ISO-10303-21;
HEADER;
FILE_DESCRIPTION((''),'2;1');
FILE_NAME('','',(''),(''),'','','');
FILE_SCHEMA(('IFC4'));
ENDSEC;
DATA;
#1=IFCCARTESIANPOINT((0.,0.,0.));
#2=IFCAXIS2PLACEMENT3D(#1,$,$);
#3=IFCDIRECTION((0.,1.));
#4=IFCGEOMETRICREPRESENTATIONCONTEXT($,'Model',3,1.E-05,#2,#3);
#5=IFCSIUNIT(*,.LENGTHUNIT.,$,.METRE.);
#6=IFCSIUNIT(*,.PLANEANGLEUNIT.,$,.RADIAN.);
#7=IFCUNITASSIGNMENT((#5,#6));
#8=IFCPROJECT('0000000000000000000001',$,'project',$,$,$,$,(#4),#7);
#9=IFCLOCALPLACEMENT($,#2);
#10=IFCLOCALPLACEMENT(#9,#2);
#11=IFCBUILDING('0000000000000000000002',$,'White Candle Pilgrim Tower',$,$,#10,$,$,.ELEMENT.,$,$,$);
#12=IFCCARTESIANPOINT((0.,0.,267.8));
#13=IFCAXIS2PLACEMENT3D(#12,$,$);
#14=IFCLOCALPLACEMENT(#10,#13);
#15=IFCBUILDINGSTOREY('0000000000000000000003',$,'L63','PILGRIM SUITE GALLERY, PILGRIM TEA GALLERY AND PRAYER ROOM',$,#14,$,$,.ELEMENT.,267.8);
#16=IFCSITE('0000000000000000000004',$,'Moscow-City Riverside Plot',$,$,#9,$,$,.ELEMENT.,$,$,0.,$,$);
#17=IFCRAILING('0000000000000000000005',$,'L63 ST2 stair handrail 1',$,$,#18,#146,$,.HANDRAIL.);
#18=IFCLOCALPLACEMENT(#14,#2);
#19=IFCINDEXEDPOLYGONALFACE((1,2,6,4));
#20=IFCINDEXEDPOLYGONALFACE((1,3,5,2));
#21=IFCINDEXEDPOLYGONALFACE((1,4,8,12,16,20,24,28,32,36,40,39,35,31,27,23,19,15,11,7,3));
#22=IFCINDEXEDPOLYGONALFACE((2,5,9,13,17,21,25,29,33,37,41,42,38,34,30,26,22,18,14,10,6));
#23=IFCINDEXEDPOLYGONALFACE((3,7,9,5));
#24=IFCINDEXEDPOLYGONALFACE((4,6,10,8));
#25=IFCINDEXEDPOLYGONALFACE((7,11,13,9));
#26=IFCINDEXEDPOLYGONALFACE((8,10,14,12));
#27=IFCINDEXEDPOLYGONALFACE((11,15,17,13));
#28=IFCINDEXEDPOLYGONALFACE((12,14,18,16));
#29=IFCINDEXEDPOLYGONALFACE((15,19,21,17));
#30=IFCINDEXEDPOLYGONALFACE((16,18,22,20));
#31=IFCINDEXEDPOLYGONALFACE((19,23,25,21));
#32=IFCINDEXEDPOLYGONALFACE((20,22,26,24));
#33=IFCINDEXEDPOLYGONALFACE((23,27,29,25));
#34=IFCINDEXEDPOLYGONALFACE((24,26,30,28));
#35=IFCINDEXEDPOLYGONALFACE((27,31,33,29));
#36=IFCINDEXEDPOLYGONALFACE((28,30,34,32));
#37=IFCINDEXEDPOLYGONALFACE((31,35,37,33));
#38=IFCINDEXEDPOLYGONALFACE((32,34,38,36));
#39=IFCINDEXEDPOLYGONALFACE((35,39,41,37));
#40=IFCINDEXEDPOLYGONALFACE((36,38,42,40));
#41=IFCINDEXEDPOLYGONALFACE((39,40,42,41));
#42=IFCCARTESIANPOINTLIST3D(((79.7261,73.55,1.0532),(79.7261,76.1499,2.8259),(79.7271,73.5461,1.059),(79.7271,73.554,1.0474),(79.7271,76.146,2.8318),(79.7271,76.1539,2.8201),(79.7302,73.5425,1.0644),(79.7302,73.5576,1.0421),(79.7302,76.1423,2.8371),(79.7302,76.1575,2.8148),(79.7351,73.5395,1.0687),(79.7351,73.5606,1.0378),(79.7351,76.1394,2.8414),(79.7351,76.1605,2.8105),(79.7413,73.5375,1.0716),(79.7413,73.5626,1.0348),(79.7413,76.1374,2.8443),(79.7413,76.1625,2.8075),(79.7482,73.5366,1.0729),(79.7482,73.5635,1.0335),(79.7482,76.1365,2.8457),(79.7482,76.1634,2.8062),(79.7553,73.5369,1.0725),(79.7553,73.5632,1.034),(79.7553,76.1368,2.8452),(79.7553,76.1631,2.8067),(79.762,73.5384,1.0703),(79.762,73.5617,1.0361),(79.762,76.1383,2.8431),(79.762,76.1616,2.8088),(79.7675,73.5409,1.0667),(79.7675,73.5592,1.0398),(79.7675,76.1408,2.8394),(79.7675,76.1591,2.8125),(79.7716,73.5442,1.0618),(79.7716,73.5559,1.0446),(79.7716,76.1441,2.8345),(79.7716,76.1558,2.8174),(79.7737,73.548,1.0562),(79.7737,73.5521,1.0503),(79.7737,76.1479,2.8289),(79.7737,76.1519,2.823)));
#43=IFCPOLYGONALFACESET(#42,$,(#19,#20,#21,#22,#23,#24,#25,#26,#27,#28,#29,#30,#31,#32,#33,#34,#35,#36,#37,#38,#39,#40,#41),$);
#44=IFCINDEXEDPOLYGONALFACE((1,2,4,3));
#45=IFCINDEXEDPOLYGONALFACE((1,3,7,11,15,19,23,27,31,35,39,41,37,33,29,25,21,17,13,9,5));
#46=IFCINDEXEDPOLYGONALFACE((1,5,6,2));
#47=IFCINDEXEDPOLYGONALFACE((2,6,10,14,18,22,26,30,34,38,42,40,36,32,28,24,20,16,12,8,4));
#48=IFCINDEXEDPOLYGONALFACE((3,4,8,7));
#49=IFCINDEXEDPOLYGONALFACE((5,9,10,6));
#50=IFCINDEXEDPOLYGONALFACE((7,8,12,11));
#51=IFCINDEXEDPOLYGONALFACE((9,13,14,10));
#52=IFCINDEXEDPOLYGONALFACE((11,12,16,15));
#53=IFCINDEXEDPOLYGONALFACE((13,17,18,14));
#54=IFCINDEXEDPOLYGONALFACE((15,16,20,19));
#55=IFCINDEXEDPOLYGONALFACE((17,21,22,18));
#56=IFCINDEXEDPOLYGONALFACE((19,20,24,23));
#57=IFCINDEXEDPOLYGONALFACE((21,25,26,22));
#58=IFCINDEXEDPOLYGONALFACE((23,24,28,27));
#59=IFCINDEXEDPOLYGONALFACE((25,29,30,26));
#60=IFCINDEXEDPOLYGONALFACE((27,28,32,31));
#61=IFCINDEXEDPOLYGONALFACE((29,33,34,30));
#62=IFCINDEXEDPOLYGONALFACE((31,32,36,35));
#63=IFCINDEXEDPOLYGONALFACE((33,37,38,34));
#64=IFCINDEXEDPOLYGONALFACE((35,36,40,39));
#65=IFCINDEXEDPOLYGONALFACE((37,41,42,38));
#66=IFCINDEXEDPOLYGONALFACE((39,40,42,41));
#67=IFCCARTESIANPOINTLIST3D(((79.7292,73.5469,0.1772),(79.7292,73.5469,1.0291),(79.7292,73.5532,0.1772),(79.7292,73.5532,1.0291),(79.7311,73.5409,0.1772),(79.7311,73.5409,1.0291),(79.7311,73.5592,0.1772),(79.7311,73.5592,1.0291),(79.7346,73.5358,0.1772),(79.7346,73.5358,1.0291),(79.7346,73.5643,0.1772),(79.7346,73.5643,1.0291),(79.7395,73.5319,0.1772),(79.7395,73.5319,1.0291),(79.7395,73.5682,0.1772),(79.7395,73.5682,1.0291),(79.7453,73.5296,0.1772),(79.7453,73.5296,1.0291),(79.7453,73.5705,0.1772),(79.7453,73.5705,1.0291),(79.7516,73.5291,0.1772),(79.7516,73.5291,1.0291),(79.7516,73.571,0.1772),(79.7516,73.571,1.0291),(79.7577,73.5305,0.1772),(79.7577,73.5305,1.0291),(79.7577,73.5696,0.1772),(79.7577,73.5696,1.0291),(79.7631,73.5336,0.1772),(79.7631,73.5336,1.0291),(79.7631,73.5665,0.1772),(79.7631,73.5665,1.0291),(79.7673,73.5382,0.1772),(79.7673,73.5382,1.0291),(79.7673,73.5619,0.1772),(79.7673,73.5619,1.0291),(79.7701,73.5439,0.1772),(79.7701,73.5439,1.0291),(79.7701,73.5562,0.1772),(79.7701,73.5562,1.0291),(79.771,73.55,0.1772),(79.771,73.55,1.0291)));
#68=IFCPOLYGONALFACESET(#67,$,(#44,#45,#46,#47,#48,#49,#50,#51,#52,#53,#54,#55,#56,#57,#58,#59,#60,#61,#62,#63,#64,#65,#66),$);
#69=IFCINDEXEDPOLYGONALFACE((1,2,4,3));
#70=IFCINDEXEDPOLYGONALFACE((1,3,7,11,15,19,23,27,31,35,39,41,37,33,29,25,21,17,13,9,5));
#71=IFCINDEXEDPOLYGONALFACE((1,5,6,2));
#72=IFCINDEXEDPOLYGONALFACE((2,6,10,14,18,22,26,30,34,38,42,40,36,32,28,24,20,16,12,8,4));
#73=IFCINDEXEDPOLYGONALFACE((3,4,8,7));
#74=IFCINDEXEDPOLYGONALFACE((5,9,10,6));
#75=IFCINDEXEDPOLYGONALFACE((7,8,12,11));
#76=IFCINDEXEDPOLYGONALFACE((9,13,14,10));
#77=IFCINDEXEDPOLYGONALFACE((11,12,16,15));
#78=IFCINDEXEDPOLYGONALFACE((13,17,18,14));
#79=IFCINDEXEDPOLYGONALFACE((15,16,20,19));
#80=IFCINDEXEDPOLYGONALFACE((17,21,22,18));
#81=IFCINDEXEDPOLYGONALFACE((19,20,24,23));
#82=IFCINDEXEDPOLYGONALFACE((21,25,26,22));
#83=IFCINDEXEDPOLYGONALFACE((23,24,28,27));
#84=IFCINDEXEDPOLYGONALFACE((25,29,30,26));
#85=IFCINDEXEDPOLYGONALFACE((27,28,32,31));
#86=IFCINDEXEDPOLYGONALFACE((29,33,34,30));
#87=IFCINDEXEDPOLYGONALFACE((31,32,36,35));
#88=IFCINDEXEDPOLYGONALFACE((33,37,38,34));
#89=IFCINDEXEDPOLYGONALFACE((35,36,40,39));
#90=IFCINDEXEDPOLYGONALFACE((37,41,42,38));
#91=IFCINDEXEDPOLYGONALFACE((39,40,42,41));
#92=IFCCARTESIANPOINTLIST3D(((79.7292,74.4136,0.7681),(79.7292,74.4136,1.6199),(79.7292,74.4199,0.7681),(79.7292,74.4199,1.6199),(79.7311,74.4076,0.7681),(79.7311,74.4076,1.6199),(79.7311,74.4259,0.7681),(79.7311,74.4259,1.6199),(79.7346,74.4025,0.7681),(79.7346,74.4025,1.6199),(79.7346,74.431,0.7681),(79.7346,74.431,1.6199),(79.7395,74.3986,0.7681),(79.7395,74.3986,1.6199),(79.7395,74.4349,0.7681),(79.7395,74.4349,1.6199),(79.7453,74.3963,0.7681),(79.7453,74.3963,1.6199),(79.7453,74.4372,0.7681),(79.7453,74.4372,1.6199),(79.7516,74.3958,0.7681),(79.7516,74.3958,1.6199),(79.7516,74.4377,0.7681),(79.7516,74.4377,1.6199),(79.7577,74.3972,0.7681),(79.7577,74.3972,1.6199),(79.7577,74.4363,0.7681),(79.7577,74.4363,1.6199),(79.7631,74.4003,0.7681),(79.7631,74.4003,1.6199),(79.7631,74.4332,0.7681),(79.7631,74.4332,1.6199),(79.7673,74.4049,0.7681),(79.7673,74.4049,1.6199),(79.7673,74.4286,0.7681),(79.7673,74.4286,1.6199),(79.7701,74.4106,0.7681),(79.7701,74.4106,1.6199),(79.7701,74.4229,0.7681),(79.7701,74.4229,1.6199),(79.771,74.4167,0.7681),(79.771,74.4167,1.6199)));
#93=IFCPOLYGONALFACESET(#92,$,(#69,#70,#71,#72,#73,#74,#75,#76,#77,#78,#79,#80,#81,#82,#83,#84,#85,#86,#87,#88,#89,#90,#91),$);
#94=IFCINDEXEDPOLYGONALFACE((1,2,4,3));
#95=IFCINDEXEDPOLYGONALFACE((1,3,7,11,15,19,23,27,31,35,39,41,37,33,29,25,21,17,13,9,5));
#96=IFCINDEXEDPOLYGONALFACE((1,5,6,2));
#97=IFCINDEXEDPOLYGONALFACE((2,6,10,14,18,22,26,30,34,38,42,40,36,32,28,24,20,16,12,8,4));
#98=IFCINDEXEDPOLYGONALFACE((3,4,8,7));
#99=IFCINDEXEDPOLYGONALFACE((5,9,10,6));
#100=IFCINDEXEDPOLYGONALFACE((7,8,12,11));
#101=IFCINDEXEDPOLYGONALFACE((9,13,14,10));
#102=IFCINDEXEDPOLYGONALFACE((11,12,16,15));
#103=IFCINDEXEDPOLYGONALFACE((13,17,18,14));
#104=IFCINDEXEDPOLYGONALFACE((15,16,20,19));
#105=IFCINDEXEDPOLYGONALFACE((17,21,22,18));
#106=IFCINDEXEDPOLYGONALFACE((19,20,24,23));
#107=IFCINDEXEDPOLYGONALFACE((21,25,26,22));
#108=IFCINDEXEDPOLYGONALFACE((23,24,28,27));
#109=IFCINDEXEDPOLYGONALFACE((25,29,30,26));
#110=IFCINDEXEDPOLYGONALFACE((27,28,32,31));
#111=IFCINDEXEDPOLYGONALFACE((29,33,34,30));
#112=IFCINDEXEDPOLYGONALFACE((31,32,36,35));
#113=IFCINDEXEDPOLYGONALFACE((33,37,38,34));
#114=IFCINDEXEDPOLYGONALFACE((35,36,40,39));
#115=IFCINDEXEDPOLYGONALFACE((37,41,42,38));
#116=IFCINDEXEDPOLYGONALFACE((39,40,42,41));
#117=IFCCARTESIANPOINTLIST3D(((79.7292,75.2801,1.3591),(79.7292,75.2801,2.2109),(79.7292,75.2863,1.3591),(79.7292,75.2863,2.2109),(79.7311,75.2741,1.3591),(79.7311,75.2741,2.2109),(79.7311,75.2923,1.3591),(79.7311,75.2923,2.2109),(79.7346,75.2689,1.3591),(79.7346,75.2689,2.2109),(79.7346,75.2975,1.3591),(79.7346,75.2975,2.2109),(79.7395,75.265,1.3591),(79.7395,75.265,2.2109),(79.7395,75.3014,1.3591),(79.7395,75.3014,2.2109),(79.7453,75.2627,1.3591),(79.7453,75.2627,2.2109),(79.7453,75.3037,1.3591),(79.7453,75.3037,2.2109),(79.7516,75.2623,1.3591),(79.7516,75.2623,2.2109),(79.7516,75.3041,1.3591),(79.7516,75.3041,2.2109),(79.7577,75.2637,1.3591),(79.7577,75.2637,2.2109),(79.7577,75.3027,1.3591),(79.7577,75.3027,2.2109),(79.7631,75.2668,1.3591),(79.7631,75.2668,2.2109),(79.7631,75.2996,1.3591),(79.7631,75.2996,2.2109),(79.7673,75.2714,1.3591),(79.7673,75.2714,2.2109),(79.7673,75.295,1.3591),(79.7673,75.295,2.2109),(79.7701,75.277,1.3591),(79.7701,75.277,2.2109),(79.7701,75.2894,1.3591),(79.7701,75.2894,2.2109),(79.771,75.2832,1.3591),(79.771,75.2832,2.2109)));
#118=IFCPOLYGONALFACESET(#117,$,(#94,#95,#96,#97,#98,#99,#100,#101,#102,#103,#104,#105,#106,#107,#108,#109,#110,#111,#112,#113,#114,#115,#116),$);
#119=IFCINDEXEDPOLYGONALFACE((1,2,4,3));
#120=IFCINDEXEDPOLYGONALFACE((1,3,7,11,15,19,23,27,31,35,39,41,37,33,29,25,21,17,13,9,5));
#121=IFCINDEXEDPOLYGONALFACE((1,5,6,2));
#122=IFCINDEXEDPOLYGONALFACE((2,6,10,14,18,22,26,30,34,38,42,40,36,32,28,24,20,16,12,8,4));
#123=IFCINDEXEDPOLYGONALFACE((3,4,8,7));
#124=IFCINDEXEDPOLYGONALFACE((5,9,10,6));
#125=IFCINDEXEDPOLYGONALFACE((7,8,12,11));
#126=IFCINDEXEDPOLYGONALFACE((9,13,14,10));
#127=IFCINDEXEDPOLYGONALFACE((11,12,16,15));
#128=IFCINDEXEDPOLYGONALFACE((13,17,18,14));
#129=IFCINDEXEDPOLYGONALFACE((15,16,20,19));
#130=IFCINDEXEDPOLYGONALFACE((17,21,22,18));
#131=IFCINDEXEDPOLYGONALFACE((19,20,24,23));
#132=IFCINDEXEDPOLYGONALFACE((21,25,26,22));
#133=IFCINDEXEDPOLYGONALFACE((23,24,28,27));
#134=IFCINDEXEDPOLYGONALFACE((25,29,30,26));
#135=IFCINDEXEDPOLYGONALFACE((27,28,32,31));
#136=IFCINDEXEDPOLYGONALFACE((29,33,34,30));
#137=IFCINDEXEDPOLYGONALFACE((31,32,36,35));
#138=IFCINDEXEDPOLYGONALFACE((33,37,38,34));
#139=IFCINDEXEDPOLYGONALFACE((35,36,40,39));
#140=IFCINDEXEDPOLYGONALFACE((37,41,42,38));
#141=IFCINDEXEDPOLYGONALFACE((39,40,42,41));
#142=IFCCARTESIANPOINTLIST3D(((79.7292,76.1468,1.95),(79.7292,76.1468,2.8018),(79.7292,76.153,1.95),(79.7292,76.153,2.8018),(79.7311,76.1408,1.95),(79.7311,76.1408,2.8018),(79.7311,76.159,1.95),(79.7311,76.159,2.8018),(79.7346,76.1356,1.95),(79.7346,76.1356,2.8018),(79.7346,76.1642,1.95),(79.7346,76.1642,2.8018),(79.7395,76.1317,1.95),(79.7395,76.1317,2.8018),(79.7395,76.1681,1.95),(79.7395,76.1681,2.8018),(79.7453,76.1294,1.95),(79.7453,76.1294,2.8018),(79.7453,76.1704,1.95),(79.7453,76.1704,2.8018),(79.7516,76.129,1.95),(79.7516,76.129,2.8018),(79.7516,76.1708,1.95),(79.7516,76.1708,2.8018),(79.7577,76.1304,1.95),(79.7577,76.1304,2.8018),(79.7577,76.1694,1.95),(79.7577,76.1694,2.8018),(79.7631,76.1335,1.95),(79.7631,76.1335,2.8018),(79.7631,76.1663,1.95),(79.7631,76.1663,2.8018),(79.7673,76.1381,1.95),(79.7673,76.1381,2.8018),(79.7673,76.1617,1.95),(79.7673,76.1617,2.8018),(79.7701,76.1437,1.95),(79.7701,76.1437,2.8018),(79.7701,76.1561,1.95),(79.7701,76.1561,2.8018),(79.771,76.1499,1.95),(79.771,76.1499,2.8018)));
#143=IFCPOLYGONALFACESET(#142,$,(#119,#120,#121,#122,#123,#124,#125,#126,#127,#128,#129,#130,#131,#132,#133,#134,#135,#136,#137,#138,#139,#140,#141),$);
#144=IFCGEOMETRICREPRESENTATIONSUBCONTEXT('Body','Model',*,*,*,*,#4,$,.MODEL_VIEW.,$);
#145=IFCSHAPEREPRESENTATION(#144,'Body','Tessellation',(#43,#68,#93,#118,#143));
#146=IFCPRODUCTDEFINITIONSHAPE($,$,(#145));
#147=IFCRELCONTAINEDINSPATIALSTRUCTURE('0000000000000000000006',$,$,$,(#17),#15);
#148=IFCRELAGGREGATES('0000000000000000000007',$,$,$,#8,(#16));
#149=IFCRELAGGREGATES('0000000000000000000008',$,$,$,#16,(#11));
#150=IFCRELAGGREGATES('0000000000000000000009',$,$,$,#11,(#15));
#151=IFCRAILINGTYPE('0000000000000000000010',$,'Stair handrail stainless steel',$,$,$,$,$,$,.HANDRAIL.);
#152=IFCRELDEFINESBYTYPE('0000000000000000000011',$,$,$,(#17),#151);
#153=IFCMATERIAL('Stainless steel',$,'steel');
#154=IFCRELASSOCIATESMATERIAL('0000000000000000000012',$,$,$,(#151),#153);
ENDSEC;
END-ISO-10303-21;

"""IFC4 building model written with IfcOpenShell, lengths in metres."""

from ifc_helpers import new_model, si_unit, direction, frame, origin, origin_2d, place, context, subcontext, project, spatial, circle, extrude, material, type_object, element, save


model = new_model("IFC4")

# Units and contexts
model_context = context("Model", 3, precision=1e-05, world=origin(), true_north=direction((0.0, 1.0)))
body_context = subcontext(model_context, "Body", "Model", "MODEL_VIEW")
ifc_project = project(units=[si_unit("LENGTHUNIT", "METRE"), si_unit("PLANEANGLEUNIT", "RADIAN")], contexts=[model_context])

# Site, building, storey
site_placement = place(None, origin())
site = spatial("IfcSite", under=ifc_project, at=site_placement, Name="Moscow-City Riverside Plot", CompositionType="ELEMENT", RefElevation=0.0)
building_placement = place(site_placement, origin())
building = spatial("IfcBuilding", under=site, at=building_placement, Name="White Candle Pilgrim Tower", CompositionType="ELEMENT")
storey_placement = place(building_placement, frame((0.0, 0.0, 267.8)))
storey = spatial("IfcBuildingStorey", under=building, at=storey_placement, Name="L63", Description="PILGRIM SUITE GALLERY, PILGRIM TEA GALLERY AND PRAYER ROOM", CompositionType="ELEMENT", Elevation=267.8)

# Railing
ifc_material_1 = material(Name="Stainless steel", Category="steel")
railing_type_1 = type_object("IfcRailingType", Name="Stair handrail stainless steel", PredefinedType="HANDRAIL", material=ifc_material_1)
railing_1_placement = place(storey_placement, frame((79.75, 73.55, 0.1772)))
element("IfcRailing", 1, at=railing_1_placement, inside=storey, type_object=railing_type_1, Name="L63 ST2 stair handrail 1", PredefinedType="HANDRAIL", context=body_context, shape_type="SweptSolid", body=[
    extrude(circle(Radius=0.0239, at=origin_2d()), frame((0.0, 0.0, 0.876), z_axis=(0.0, 0.826216, 0.563354), x_axis=(-1.0, 0.0, 0.0)), (0.0, 0.0, 1.0), 3.1467),
    extrude(circle(Radius=0.021, at=origin_2d()), origin(), (0.0, 0.0, 1.0), 0.8518),
    extrude(circle(Radius=0.021, at=origin_2d()), frame((0.0, 0.8667, 0.5908)), (0.0, 0.0, 1.0), 0.8518),
    extrude(circle(Radius=0.021, at=origin_2d()), frame((0.0, 1.7332, 1.1819)), (0.0, 0.0, 1.0), 0.8518),
    extrude(circle(Radius=0.021, at=origin_2d()), frame((0.0, 2.5999, 1.7727)), (0.0, 0.0, 1.0), 0.8518),
])

save(model, "model.ifc")
